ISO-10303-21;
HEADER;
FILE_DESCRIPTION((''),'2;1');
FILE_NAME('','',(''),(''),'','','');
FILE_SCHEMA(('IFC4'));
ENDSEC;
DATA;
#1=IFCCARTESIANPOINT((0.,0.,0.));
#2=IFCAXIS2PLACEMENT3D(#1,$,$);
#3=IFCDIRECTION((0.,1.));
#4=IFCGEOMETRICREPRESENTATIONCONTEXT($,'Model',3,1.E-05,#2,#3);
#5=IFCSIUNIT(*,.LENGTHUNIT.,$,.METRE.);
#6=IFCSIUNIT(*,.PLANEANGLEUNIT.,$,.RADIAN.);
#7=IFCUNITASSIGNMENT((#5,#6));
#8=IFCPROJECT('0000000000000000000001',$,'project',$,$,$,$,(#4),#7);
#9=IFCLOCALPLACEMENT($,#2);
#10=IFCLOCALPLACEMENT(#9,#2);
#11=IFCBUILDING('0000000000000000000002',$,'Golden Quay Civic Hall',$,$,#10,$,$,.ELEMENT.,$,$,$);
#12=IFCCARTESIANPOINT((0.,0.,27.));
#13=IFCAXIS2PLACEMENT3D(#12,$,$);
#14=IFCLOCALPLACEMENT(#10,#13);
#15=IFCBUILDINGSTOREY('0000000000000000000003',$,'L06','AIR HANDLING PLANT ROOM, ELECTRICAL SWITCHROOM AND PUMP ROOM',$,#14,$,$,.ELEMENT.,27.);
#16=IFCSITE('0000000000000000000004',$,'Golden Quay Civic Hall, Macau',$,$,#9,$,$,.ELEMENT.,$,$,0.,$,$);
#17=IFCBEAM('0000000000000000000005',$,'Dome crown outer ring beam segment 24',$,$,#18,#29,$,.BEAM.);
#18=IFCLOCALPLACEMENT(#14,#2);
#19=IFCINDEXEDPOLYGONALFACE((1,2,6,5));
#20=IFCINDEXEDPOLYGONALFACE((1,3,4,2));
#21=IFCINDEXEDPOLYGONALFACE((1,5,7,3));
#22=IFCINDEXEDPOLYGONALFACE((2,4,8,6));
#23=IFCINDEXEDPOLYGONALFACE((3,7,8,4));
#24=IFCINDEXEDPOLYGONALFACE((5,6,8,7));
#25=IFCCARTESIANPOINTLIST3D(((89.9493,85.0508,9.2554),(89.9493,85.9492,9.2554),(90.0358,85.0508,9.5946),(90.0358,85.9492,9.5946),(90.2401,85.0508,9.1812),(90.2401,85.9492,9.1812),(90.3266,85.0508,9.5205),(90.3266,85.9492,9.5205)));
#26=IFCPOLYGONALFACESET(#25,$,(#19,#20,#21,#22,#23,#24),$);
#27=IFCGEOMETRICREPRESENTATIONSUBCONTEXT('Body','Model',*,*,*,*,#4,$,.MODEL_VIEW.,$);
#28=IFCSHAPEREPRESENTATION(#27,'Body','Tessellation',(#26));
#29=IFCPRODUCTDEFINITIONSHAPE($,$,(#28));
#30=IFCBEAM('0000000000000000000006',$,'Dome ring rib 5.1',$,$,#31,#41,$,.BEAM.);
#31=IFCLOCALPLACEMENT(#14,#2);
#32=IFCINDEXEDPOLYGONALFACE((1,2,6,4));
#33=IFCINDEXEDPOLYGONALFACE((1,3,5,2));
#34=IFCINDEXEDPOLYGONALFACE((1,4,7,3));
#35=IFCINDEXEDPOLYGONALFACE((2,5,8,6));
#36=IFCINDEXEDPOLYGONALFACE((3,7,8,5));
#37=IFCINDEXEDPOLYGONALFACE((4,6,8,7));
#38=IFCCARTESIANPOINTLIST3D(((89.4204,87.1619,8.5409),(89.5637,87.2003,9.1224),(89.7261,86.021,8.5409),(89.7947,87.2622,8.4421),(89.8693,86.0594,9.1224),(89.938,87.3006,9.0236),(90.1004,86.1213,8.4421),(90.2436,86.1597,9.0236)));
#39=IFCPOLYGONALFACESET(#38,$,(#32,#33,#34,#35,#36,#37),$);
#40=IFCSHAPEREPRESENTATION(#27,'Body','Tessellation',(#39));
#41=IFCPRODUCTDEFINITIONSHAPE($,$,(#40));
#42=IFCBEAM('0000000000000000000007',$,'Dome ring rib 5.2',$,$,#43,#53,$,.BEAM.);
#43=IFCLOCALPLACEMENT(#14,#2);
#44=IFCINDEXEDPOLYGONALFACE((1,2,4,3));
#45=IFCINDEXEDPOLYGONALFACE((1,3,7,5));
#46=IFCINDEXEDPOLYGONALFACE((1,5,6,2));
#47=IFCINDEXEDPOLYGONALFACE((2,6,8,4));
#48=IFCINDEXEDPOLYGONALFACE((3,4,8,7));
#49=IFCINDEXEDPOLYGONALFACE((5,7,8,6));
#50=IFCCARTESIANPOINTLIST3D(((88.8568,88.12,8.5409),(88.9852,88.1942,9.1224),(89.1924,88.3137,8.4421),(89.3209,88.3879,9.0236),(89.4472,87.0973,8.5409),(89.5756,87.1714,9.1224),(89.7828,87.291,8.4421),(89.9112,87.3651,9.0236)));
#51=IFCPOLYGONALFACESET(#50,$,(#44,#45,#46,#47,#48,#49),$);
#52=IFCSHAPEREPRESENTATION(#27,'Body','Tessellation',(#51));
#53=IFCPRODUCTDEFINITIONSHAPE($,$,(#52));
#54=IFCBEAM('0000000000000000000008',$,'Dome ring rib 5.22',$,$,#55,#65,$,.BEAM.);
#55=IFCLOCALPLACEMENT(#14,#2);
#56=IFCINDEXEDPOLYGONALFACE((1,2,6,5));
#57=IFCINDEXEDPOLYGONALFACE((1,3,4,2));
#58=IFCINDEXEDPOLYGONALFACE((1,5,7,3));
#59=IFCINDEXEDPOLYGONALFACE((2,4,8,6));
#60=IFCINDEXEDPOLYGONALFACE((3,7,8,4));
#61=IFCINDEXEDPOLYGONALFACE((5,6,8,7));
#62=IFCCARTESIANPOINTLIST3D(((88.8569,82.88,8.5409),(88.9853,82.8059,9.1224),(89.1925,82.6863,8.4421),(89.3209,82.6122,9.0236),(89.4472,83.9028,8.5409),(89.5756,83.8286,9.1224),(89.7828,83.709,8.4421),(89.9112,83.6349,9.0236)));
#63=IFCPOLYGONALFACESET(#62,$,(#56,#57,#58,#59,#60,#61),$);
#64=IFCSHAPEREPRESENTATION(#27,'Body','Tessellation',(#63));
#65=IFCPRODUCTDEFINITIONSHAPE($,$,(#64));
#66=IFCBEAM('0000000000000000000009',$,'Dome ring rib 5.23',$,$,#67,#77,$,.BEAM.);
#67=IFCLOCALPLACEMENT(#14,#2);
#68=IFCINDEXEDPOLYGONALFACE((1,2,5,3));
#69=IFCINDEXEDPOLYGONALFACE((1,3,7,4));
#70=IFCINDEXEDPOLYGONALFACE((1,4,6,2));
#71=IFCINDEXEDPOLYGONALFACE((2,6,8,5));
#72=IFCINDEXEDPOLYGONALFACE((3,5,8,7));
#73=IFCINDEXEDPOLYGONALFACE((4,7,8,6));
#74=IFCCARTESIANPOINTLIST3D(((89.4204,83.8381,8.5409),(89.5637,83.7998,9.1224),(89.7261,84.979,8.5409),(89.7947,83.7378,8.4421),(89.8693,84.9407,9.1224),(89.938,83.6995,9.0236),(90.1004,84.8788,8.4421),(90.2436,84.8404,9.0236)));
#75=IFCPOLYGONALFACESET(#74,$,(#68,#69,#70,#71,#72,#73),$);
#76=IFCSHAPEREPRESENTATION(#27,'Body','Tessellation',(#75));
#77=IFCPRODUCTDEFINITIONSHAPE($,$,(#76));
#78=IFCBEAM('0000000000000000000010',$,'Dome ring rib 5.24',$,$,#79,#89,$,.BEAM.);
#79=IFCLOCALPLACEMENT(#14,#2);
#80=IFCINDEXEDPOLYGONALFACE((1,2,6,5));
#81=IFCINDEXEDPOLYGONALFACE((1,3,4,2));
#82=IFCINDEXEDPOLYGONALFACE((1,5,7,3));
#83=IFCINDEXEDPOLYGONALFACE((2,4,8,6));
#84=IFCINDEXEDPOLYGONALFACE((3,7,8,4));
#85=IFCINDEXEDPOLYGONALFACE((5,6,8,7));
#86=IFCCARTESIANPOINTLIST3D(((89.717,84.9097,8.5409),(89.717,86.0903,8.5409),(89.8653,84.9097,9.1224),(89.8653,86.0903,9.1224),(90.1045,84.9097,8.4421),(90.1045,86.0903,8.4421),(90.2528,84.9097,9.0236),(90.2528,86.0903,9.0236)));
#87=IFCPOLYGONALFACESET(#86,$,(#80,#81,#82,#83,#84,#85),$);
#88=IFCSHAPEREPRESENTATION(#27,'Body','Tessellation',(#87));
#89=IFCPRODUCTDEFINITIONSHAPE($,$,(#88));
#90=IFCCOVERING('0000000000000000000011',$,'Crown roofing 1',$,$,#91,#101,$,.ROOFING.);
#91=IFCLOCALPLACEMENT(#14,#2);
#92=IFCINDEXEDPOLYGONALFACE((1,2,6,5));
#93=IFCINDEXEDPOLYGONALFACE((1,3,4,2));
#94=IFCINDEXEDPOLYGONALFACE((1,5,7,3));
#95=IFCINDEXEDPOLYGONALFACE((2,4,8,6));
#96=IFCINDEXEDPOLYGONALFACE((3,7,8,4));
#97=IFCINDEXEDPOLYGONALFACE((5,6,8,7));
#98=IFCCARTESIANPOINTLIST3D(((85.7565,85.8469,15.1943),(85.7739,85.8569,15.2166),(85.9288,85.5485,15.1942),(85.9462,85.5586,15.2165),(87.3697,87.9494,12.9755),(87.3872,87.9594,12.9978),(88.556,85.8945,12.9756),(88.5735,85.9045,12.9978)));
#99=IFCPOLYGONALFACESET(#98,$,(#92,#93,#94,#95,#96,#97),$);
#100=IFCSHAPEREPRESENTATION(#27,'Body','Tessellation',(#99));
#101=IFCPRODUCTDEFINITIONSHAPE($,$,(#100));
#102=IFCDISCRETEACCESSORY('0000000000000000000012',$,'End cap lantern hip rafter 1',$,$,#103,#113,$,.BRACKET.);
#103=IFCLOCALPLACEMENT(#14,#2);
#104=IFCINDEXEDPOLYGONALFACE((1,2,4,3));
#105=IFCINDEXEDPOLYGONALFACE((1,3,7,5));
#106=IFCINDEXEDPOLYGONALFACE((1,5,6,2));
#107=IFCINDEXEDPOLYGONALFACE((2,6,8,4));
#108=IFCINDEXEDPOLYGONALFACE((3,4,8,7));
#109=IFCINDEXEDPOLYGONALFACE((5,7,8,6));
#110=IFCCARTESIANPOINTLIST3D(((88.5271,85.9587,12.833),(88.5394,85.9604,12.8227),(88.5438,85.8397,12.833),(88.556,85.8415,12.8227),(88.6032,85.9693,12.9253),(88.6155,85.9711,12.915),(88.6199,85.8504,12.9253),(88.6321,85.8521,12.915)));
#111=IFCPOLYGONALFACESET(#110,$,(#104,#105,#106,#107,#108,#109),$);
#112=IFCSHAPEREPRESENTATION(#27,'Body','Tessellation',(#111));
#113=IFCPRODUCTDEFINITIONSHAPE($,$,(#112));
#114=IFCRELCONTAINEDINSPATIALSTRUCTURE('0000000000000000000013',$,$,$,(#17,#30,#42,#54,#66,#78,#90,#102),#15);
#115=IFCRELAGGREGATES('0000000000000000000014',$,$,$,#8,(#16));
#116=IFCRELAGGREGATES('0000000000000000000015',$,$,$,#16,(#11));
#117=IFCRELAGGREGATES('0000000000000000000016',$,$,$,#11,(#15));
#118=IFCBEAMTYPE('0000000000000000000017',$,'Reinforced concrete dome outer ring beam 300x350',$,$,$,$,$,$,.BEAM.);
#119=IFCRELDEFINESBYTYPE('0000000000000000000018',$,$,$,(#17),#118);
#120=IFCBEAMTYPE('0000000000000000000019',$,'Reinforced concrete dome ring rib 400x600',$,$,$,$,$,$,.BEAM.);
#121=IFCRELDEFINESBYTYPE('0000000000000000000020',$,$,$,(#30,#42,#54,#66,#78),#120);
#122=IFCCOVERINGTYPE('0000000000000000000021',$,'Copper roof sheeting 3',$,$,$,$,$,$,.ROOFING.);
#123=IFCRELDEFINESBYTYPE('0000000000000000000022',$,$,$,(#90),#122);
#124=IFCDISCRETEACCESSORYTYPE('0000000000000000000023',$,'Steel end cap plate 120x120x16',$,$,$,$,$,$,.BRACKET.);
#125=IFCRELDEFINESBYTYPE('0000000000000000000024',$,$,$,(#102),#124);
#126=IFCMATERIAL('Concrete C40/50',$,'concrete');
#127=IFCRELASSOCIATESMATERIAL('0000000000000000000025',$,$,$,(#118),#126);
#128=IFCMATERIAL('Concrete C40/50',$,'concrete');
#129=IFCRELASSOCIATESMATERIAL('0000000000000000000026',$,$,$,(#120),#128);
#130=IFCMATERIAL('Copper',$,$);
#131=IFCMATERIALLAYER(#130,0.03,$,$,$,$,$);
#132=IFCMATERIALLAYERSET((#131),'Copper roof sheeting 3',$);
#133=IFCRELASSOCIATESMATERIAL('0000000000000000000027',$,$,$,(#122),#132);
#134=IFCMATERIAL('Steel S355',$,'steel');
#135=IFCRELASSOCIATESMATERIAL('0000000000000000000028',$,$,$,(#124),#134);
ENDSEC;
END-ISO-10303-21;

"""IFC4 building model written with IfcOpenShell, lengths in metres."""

from ifc_helpers import new_model, si_unit, direction, frame, origin, origin_2d, place, context, subcontext, project, spatial, polyline, rectangle, outline, extrude, material, layer, layer_set, material_profile, profile_set, type_object, element, save


model = new_model("IFC4")

# Units and contexts
model_context = context("Model", 3, precision=1e-05, world=origin(), true_north=direction((0.0, 1.0)))
body_context = subcontext(model_context, "Body", "Model", "MODEL_VIEW")
ifc_project = project(units=[si_unit("LENGTHUNIT", "METRE"), si_unit("PLANEANGLEUNIT", "RADIAN")], contexts=[model_context])

# Site, building, storey
site_placement = place(None, origin())
site = spatial("IfcSite", under=ifc_project, at=site_placement, Name="Golden Quay Civic Hall, Macau", CompositionType="ELEMENT", RefElevation=0.0)
building_placement = place(site_placement, origin())
building = spatial("IfcBuilding", under=site, at=building_placement, Name="Golden Quay Civic Hall", CompositionType="ELEMENT")
storey_placement = place(building_placement, frame((0.0, 0.0, 27.0)))
storey = spatial("IfcBuildingStorey", under=building, at=storey_placement, Name="L06", Description="AIR HANDLING PLANT ROOM, ELECTRICAL SWITCHROOM AND PUMP ROOM", CompositionType="ELEMENT", Elevation=27.0)

# Beams
ifc_material_1 = material(Name="Concrete C40/50", Category="concrete")
ifc_material_profile_1 = material_profile(ifc_material_1, rectangle(XDim=0.3, YDim=0.3501, at=origin_2d()), Name="RC 300x350")
ifc_profile_set_1 = profile_set([ifc_material_profile_1], Name="Concrete C40/50")
beam_type_1 = type_object("IfcBeamType", Name="Reinforced concrete dome outer ring beam 300x350", PredefinedType="BEAM", material=ifc_profile_set_1)
beam_1_placement = place(storey_placement, frame((90.1379, 85.0508, 9.3879), z_axis=(0.0, 1.0, 0.0), x_axis=(-0.968992, 0.0, 0.247094)))
element("IfcBeam", 1, at=beam_1_placement, inside=storey, type_object=beam_type_1, Name="Dome crown outer ring beam segment 24", PredefinedType="BEAM", context=body_context, shape_type="SweptSolid", body=[
    extrude(rectangle(XDim=0.3, YDim=0.3501, at=origin_2d()), origin(), (0.0, 0.0, 1.0), 0.8984),
])
ifc_material_2 = material(Name="Concrete C40/50", Category="concrete")
ifc_material_profile_2 = material_profile(ifc_material_2, rectangle(XDim=0.3999, YDim=0.6001, at=origin_2d()), Name="RC 400x600")
ifc_profile_set_2 = profile_set([ifc_material_profile_2], Name="Concrete C40/50")
beam_type_2 = type_object("IfcBeamType", Name="Reinforced concrete dome ring rib 400x600", PredefinedType="BEAM", material=ifc_profile_set_2)
beam_2_placement = place(storey_placement, frame((89.9849, 86.0903, 8.7822), z_axis=(-0.258795, 0.965932, 0.0), x_axis=(-0.93598, -0.25077, 0.247094)))
element("IfcBeam", 2, at=beam_2_placement, inside=storey, type_object=beam_type_2, Name="Dome ring rib 5.1", PredefinedType="BEAM", context=body_context, shape_type="SweptSolid", body=[
    extrude(rectangle(XDim=0.3999, YDim=0.6001, at=origin_2d()), origin(), (0.0, 0.0, 1.0), 1.1812),
])
for number, where, z_axis, x_axis, name in (
    (3, (89.6792, 87.2312, 8.7822), (-0.499919, 0.866072, 0.0), (-0.839216, -0.484418, 0.247094), "Dome ring rib 5.2"),
    (4, (89.0889, 82.7461, 8.7822), (0.499919, 0.866072, 0.0), (-0.839216, 0.484418, 0.247094), "Dome ring rib 5.22"),
):
    element("IfcBeam", number, at=place(storey_placement, frame(where, z_axis=z_axis, x_axis=x_axis)), inside=storey, type_object=beam_type_2, Name=name, PredefinedType="BEAM", context=body_context, shape_type="SweptSolid", body=[
        extrude(rectangle(XDim=0.3999, YDim=0.6001, at=origin_2d()), origin(), (0.0, 0.0, 1.0), 1.1809),
    ])
beam_3_placement = place(storey_placement, frame((89.6792, 83.7688, 8.7822), z_axis=(0.258795, 0.965932, 0.0), x_axis=(-0.93598, 0.25077, 0.247094)))
element("IfcBeam", 5, at=beam_3_placement, inside=storey, type_object=beam_type_2, Name="Dome ring rib 5.23", PredefinedType="BEAM", context=body_context, shape_type="SweptSolid", body=[
    extrude(rectangle(XDim=0.3999, YDim=0.6001, at=origin_2d()), origin(), (0.0, 0.0, 1.0), 1.1812),
])
beam_4_placement = place(storey_placement, frame((89.9849, 84.9097, 8.7822), z_axis=(0.0, 1.0, 0.0), x_axis=(-0.968992, 0.0, 0.247094)))
element("IfcBeam", 6, at=beam_4_placement, inside=storey, type_object=beam_type_2, Name="Dome ring rib 5.24", PredefinedType="BEAM", context=body_context, shape_type="SweptSolid", body=[
    extrude(rectangle(XDim=0.3999, YDim=0.6001, at=origin_2d()), origin(), (0.0, 0.0, 1.0), 1.1807),
])

# Covering
ifc_material_3 = material(Name="Copper")
ifc_layer = layer(ifc_material_3, 0.03)
ifc_layer_set = layer_set([ifc_layer], Name="Copper roof sheeting 3")
covering_type = type_object("IfcCoveringType", Name="Copper roof sheeting 3", PredefinedType="ROOFING", material=ifc_layer_set)
covering_placement = place(storey_placement, frame((88.5735, 85.9045, 12.9978), z_axis=(0.581551, 0.335754, 0.740991), x_axis=(-0.499974, 0.86604, -0.000022)))
element("IfcCovering", 7, at=covering_placement, inside=storey, type_object=covering_type, Name="Crown roofing 1", PredefinedType="ROOFING", context=body_context, shape_type="SweptSolid", body=[
    extrude(outline(polyline([(0.0, 0.0), (2.3728, 0.0), (1.3584, 3.3041), (1.0139, 3.3041), (0.0, 0.0)])), origin(), (0.0, 0.0, -1.0), 0.03),
])

# Discrete accessory
ifc_material_4 = material(Name="Steel S355", Category="steel")
ifc_material_profile_3 = material_profile(ifc_material_4, rectangle(XDim=0.1201, YDim=0.1201, at=origin_2d()), Name="Steel end cap plate 120x120x16")
ifc_profile_set_3 = profile_set([ifc_material_profile_3], Name="Steel S355")
discrete_accessory_type = type_object("IfcDiscreteAccessoryType", Name="Steel end cap plate 120x120x16", PredefinedType="BRACKET", material=ifc_profile_set_3)
discrete_accessory_placement = place(storey_placement, frame((88.5735, 85.9045, 12.8792), z_axis=(0.761343, 0.106588, -0.639528), x_axis=(-0.138648, 0.990342, 0.0)))
element("IfcDiscreteAccessory", 8, at=discrete_accessory_placement, inside=storey, type_object=discrete_accessory_type, Name="End cap lantern hip rafter 1", PredefinedType="BRACKET", context=body_context, shape_type="SweptSolid", body=[
    extrude(rectangle(XDim=0.1201, YDim=0.1201, at=origin_2d()), origin(), (0.0, 0.0, 1.0), 0.0161),
])

save(model, "model.ifc")
